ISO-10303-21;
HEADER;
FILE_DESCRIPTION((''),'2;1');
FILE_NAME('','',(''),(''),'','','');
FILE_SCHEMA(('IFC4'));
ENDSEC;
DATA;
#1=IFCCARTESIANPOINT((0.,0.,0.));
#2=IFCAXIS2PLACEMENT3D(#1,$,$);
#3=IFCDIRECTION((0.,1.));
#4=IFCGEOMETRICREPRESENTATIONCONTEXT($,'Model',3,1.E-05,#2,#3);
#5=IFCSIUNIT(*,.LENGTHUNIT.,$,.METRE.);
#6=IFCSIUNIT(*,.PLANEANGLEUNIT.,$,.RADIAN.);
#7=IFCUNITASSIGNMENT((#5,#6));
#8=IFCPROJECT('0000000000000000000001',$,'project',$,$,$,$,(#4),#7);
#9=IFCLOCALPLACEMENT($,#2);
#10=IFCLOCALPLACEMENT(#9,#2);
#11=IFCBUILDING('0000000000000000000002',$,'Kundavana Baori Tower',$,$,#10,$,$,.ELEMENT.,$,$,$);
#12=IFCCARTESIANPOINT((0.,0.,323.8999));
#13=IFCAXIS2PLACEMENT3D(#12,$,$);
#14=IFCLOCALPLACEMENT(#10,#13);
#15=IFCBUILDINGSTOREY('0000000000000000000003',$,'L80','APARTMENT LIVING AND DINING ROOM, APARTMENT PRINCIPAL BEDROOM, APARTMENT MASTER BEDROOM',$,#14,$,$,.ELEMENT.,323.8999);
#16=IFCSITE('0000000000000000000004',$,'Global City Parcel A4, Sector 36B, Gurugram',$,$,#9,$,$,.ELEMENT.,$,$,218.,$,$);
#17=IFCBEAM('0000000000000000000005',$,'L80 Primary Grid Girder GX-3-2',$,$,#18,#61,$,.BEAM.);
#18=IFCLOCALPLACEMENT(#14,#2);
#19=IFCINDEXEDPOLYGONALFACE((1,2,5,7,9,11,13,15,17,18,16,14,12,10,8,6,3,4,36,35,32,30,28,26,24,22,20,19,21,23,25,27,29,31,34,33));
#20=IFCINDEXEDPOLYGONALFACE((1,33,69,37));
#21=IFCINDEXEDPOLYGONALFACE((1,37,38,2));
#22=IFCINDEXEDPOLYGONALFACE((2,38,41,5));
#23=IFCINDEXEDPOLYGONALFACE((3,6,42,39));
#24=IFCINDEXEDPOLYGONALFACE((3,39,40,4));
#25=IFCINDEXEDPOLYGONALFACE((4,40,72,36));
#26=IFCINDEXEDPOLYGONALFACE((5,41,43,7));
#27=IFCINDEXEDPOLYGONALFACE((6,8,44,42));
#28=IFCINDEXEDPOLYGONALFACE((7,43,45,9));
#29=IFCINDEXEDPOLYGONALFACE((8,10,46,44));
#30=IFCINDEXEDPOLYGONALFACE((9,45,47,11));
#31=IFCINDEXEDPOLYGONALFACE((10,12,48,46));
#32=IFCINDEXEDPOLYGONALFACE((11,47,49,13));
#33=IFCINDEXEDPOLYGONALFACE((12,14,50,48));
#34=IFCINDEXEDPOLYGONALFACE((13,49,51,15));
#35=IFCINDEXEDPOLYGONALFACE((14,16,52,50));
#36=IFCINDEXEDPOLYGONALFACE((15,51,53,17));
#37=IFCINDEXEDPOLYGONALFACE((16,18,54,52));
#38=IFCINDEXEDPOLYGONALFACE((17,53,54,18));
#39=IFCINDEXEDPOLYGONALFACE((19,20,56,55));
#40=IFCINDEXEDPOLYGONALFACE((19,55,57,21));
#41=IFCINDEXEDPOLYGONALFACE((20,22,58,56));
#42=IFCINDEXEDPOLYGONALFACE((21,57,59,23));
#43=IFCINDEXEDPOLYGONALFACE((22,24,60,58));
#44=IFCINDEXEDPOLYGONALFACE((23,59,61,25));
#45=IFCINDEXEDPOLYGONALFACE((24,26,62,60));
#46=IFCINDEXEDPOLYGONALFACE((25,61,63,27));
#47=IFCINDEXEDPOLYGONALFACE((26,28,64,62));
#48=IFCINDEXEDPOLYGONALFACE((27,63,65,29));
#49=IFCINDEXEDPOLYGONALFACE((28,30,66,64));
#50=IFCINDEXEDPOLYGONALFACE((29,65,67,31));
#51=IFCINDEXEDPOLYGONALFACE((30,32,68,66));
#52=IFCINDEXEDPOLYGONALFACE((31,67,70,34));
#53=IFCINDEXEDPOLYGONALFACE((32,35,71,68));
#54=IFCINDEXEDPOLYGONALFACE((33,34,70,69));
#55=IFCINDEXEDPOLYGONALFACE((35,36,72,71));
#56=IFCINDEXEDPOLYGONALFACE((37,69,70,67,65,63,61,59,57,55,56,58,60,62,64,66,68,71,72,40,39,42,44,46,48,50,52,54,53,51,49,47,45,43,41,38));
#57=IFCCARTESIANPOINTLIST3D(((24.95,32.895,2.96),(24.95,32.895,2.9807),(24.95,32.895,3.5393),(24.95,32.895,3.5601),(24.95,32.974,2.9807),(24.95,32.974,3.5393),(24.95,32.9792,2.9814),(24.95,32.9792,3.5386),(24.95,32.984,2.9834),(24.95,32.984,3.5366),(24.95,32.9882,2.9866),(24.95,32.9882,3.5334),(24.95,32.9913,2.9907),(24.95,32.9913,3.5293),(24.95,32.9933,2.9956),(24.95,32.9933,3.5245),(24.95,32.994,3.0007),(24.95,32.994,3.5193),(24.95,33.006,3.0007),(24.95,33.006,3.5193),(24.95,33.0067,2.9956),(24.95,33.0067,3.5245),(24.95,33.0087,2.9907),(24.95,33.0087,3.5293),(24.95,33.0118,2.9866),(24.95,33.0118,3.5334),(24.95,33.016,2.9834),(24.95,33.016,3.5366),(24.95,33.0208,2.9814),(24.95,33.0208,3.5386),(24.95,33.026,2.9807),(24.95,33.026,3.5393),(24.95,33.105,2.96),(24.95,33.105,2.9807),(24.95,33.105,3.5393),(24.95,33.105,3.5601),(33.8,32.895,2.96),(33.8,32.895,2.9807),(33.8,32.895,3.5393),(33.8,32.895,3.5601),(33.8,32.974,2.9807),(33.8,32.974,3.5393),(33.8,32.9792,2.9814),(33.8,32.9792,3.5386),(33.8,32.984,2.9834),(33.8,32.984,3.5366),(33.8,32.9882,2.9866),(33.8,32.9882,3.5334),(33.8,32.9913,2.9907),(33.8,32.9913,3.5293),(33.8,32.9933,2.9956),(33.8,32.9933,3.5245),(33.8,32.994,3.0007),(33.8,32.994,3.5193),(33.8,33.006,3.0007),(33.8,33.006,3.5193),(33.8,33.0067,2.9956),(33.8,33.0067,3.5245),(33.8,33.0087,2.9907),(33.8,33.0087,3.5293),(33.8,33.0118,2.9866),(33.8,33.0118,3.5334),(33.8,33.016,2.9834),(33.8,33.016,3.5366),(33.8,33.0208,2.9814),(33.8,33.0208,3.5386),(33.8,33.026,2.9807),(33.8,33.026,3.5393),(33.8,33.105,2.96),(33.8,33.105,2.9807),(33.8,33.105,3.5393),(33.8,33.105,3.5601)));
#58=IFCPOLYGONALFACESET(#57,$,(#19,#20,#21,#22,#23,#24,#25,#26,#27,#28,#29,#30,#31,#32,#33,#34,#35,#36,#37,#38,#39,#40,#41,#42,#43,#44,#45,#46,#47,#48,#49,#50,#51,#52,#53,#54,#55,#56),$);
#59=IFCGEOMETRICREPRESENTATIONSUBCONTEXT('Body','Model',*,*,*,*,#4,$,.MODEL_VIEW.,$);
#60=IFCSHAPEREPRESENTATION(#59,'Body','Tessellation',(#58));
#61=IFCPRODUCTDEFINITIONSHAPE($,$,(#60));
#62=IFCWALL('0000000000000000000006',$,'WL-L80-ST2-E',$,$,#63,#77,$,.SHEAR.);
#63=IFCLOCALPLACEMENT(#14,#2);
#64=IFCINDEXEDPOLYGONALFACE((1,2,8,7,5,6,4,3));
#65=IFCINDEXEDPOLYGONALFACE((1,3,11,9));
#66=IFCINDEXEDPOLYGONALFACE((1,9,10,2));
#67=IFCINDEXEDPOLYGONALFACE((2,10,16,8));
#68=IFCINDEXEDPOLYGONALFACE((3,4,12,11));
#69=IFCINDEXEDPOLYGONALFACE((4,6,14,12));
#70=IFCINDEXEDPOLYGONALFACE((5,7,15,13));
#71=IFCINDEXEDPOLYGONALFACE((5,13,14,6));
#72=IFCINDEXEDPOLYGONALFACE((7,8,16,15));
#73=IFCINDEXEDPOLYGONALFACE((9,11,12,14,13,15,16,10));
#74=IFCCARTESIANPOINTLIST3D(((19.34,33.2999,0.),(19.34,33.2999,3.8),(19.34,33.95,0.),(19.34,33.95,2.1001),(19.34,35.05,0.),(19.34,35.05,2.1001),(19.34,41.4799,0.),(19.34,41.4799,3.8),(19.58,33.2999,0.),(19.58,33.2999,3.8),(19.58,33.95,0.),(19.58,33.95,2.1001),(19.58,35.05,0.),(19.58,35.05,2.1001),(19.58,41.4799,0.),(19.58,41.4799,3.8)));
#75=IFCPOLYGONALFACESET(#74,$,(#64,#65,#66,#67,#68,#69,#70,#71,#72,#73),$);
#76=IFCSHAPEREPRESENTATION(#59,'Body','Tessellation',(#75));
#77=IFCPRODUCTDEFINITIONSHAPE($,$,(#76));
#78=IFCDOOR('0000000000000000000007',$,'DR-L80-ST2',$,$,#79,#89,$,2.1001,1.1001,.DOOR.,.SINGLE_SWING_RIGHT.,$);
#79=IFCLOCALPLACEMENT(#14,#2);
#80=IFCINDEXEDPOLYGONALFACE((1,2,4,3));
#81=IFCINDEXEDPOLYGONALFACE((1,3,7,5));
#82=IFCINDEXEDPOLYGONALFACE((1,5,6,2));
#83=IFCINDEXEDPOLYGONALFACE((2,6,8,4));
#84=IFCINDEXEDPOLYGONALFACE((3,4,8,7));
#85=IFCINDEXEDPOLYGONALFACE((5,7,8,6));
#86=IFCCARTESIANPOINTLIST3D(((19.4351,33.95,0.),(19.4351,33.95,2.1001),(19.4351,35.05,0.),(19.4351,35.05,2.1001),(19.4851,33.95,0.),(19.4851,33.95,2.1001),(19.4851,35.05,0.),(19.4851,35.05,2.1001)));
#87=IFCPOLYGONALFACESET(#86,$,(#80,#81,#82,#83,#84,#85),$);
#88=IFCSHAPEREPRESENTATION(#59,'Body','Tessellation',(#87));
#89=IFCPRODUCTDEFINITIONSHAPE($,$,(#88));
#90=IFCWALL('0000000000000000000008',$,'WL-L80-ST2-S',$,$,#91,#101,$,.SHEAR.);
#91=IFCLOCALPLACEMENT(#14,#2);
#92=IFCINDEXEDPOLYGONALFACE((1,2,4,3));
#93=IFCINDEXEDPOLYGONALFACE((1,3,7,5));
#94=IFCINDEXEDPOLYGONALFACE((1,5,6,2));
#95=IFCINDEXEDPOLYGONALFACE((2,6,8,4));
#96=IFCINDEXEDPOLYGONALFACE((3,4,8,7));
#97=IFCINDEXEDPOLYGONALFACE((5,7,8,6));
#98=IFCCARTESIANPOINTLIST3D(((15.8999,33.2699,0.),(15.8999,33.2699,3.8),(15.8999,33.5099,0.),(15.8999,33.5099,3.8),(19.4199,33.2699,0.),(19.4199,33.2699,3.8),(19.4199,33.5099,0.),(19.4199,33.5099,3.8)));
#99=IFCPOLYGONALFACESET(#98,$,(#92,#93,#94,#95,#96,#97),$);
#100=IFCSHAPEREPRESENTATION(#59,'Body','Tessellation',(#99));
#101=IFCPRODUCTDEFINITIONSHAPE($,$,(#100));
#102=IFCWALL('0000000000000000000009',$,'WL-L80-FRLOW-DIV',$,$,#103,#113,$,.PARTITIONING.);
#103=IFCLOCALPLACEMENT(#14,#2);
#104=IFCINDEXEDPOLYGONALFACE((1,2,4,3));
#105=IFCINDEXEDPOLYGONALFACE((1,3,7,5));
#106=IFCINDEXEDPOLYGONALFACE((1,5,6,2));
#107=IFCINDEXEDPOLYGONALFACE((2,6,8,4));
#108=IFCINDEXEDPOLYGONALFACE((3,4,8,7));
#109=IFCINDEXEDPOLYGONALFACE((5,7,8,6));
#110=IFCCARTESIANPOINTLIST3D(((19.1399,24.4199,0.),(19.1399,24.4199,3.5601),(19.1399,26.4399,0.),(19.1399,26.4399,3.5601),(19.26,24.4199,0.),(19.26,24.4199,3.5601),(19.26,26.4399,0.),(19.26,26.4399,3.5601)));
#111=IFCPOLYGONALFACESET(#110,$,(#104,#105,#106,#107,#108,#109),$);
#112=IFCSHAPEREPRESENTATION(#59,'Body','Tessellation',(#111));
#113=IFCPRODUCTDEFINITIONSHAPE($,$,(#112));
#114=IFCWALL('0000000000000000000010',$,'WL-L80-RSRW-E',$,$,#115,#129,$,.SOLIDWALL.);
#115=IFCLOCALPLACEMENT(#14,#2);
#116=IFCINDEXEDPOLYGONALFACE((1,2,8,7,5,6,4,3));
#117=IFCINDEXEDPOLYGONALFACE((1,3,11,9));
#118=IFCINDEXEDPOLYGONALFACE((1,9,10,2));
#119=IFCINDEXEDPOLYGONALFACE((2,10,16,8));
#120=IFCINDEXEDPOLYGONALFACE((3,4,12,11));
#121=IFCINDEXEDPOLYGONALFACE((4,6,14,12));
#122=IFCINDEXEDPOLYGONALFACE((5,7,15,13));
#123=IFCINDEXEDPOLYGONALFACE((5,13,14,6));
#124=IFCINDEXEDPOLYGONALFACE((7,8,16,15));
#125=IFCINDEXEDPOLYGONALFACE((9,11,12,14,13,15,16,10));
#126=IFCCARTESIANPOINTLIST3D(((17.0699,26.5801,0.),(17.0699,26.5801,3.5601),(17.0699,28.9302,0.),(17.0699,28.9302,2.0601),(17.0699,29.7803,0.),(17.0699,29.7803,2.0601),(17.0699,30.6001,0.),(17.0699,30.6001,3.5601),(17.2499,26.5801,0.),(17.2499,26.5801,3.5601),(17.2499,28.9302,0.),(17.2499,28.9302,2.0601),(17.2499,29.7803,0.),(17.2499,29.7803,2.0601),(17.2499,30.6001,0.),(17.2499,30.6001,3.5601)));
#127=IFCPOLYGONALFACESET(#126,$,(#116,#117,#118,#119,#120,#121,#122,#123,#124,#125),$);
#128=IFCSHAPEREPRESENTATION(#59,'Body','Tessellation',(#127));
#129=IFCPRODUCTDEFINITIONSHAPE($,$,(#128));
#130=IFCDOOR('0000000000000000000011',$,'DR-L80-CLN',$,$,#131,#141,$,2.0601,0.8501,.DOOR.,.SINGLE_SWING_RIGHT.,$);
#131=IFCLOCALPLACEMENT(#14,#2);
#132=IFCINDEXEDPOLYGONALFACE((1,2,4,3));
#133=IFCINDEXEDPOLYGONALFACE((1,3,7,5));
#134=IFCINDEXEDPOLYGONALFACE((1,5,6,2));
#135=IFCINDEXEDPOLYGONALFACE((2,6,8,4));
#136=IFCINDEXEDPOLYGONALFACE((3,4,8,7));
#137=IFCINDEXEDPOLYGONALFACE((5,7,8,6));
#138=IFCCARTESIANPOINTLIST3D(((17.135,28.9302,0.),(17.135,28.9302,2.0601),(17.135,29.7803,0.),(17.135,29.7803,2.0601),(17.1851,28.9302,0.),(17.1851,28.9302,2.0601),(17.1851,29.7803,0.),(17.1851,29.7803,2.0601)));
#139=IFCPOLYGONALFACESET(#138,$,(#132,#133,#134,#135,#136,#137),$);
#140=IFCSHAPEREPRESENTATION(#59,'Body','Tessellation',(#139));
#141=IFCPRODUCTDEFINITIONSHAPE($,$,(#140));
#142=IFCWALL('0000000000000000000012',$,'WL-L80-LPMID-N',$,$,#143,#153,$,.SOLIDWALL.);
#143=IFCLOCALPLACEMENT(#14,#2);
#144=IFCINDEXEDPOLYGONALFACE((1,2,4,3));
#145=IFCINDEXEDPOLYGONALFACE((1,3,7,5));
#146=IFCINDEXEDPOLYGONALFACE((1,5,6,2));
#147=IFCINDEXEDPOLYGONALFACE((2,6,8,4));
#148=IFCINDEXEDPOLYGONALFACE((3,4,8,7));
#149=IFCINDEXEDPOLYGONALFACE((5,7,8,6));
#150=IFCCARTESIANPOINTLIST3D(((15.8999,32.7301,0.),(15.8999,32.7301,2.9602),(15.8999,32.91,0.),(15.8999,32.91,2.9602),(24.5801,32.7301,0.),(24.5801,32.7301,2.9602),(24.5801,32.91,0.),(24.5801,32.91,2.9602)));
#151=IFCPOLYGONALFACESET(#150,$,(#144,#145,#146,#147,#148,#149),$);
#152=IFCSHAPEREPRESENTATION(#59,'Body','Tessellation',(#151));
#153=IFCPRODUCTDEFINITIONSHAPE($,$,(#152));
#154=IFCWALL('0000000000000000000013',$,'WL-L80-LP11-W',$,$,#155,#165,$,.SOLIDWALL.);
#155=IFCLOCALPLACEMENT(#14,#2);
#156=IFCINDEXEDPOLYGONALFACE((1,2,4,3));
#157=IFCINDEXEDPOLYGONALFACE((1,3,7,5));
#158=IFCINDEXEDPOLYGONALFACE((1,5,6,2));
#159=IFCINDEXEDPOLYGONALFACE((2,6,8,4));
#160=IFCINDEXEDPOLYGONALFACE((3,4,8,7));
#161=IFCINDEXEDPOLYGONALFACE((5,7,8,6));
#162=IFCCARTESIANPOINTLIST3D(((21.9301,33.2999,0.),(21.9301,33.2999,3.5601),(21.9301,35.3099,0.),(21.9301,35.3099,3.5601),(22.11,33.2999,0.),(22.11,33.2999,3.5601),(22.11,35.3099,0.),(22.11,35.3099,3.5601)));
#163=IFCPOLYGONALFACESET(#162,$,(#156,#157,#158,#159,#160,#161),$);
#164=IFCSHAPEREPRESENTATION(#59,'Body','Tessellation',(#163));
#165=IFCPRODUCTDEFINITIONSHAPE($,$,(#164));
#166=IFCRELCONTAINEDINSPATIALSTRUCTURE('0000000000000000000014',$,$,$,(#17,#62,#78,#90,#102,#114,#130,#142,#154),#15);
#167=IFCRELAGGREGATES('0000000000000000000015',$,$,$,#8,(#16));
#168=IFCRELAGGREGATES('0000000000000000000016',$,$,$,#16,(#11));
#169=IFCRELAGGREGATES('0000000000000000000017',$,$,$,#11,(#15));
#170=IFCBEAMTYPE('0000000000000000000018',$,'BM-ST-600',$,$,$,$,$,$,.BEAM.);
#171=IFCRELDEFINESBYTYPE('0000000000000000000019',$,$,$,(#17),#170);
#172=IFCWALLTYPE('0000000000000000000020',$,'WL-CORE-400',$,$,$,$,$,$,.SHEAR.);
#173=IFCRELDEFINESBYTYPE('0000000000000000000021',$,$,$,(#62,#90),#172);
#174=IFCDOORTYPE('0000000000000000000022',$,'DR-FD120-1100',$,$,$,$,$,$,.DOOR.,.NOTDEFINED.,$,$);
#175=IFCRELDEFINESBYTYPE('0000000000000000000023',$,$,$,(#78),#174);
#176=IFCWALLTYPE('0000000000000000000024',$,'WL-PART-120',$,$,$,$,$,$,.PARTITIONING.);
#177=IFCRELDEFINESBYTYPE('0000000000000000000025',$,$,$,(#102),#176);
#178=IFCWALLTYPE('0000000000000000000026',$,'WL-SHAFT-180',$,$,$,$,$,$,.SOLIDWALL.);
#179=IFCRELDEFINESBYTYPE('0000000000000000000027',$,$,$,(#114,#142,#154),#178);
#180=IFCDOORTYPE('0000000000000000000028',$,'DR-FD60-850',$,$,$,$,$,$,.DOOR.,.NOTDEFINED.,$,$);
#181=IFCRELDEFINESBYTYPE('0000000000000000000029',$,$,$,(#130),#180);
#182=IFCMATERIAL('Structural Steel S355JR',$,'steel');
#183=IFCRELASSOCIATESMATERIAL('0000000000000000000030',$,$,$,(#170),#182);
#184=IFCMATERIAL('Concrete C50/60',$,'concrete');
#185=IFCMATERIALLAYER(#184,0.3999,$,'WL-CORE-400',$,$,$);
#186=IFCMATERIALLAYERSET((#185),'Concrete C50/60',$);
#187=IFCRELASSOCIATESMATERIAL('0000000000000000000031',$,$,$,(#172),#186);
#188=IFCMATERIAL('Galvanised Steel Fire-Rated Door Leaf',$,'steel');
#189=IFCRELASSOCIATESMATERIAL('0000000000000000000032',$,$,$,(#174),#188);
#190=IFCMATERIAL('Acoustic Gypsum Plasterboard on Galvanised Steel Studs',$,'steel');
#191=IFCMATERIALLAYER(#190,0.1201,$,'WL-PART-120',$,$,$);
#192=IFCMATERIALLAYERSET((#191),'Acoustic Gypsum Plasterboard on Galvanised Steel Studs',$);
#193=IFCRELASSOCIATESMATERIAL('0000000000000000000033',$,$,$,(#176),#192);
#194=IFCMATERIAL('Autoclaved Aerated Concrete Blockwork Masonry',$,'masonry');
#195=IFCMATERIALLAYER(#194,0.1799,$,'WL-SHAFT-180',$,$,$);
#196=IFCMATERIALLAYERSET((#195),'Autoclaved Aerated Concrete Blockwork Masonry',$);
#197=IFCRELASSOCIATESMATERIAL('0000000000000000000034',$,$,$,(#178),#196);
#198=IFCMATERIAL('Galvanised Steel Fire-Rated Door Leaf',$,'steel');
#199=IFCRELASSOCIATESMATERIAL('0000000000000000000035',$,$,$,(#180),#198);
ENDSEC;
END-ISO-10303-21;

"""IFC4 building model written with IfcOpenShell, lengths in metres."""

from ifc_helpers import new_model, si_unit, direction, frame, frame_2d, origin, origin_2d, place, context, subcontext, project, spatial, rectangle, i_section, extrude, material, layer, layer_set, material_profile, profile_set, type_object, element, fill, save


model = new_model("IFC4")

# Units and contexts
model_context = context("Model", 3, precision=1e-05, world=origin(), true_north=direction((0.0, 1.0)))
body_context = subcontext(model_context, "Body", "Model", "MODEL_VIEW")
ifc_project = project(units=[si_unit("LENGTHUNIT", "METRE"), si_unit("PLANEANGLEUNIT", "RADIAN")], contexts=[model_context])

# Site, building, storey
site_placement = place(None, origin())
site = spatial("IfcSite", under=ifc_project, at=site_placement, Name="Global City Parcel A4, Sector 36B, Gurugram", CompositionType="ELEMENT", RefElevation=218.0)
building_placement = place(site_placement, origin())
building = spatial("IfcBuilding", under=site, at=building_placement, Name="Kundavana Baori Tower", CompositionType="ELEMENT")
storey_placement = place(building_placement, frame((0.0, 0.0, 323.8999)))
storey = spatial("IfcBuildingStorey", under=building, at=storey_placement, Name="L80", Description="APARTMENT LIVING AND DINING ROOM, APARTMENT PRINCIPAL BEDROOM, APARTMENT MASTER BEDROOM", CompositionType="ELEMENT", Elevation=323.8999)

# Beam
ifc_material_1 = material(Name="Structural Steel S355JR", Category="steel")
ifc_material_profile_1 = material_profile(ifc_material_1, i_section(OverallWidth=0.21, OverallDepth=0.6001, WebThickness=0.012, FlangeThickness=0.0208, FilletRadius=0.02, at=origin_2d()), Name="ISMB 600")
ifc_profile_set_1 = profile_set([ifc_material_profile_1], Name="Structural Steel S355JR")
beam_type_1 = type_object("IfcBeamType", Name="BM-ST-600", PredefinedType="BEAM", material=ifc_profile_set_1)
for number, where, z_axis, x_axis, name in (
    (1, (24.95, 33.0, 3.26), (1.0, 0.0, 0.0), (0.0, 1.0, 0.0), "L80 Primary Grid Girder GX-3-2"),
):
    element("IfcBeam", number, at=place(storey_placement, frame(where, z_axis=z_axis, x_axis=x_axis)), inside=storey, type_object=beam_type_1, Name=name, PredefinedType="BEAM", context=body_context, shape_type="SweptSolid", body=[
        extrude(i_section(OverallWidth=0.21, OverallDepth=0.6001, WebThickness=0.012, FlangeThickness=0.0208, FilletRadius=0.02, at=origin_2d()), origin(), (0.0, 0.0, 1.0), 8.8501),
    ])

# Wall, opening, door
ifc_material_2 = material(Name="Concrete C50/60", Category="concrete")
ifc_layer_1 = layer(ifc_material_2, 0.3999, Name="WL-CORE-400")
ifc_layer_set_1 = layer_set([ifc_layer_1], Name="Concrete C50/60")
wall_type_1 = type_object("IfcWallType", Name="WL-CORE-400", PredefinedType="SHEAR", material=ifc_layer_set_1)
wall_1_placement = place(storey_placement, frame((19.46, 33.3, 0.0), z_axis=(0.0, 0.0, 1.0), x_axis=(0.0, 1.0, 0.0)))
wall_1 = element("IfcWall", 2, at=wall_1_placement, inside=storey, type_object=wall_type_1, Name="WL-L80-ST2-E", PredefinedType="SHEAR", context=body_context, shape_type="SweptSolid", body=[
    extrude(rectangle(XDim=8.1799, YDim=0.24, at=frame_2d((4.0898, 0.0))), origin(), (0.0, 0.0, 1.0), 3.8),
])
opening_1_placement = place(wall_1_placement, frame((0.6499, 0.0, 0.0)))
opening_1 = element("IfcOpeningElement", 3, at=opening_1_placement, cuts=wall_1, PredefinedType="OPENING", context=body_context, shape_type="SweptSolid", body=[
    extrude(rectangle(XDim=1.1001, YDim=2.1001, at=frame_2d((0.55, 1.05))), frame((0.0, 0.1299, 0.0), z_axis=(0.0, -1.0, 0.0), x_axis=(1.0, 0.0, 0.0)), (0.0, 0.0, 1.0), 0.26),
])
ifc_material_3 = material(Name="Galvanised Steel Fire-Rated Door Leaf", Category="steel")
door_type_1 = type_object("IfcDoorType", Name="DR-FD120-1100", OperationType="NOTDEFINED", PredefinedType="DOOR", material=ifc_material_3)
door_1_placement = place(opening_1_placement, origin())
door_1 = element("IfcDoor", 4, at=door_1_placement, inside=storey, type_object=door_type_1, Name="DR-L80-ST2", OperationType="SINGLE_SWING_RIGHT", OverallHeight=2.1001, OverallWidth=1.1001, PredefinedType="DOOR", context=body_context, shape_type="SweptSolid", body=[
    extrude(rectangle(XDim=1.1001, YDim=2.1001, at=frame_2d((0.55, 1.05))), frame((0.0, 0.0249, 0.0), z_axis=(0.0, -1.0, 0.0), x_axis=(1.0, 0.0, 0.0)), (0.0, 0.0, 1.0), 0.05),
])
fill(opening_1, door_1)

# Walls
wall_2_placement = place(storey_placement, frame((15.8999, 33.3899, 0.0), z_axis=(0.0, 0.0, 1.0), x_axis=(1.0, 0.0, 0.0)))
element("IfcWall", 5, at=wall_2_placement, inside=storey, type_object=wall_type_1, Name="WL-L80-ST2-S", PredefinedType="SHEAR", context=body_context, shape_type="SweptSolid", body=[
    extrude(rectangle(XDim=3.52, YDim=0.24, at=frame_2d((1.76, 0.0))), origin(), (0.0, 0.0, 1.0), 3.8),
])
ifc_material_4 = material(Name="Acoustic Gypsum Plasterboard on Galvanised Steel Studs", Category="steel")
ifc_layer_2 = layer(ifc_material_4, 0.1201, Name="WL-PART-120")
ifc_layer_set_2 = layer_set([ifc_layer_2], Name="Acoustic Gypsum Plasterboard on Galvanised Steel Studs")
wall_type_2 = type_object("IfcWallType", Name="WL-PART-120", PredefinedType="PARTITIONING", material=ifc_layer_set_2)
wall_3_placement = place(storey_placement, frame((19.2, 24.4199, 0.0), z_axis=(0.0, 0.0, 1.0), x_axis=(0.0, 1.0, 0.0)))
element("IfcWall", 6, at=wall_3_placement, inside=storey, type_object=wall_type_2, Name="WL-L80-FRLOW-DIV", PredefinedType="PARTITIONING", context=body_context, shape_type="SweptSolid", body=[
    extrude(rectangle(XDim=2.02, YDim=0.1201, at=frame_2d((1.01, 0.0))), origin(), (0.0, 0.0, 1.0), 3.5601),
])

# Wall, opening, door
ifc_material_5 = material(Name="Autoclaved Aerated Concrete Blockwork Masonry", Category="masonry")
ifc_layer_3 = layer(ifc_material_5, 0.1799, Name="WL-SHAFT-180")
ifc_layer_set_3 = layer_set([ifc_layer_3], Name="Autoclaved Aerated Concrete Blockwork Masonry")
wall_type_3 = type_object("IfcWallType", Name="WL-SHAFT-180", PredefinedType="SOLIDWALL", material=ifc_layer_set_3)
wall_4_placement = place(storey_placement, frame((17.1599, 26.5801, 0.0), z_axis=(0.0, 0.0, 1.0), x_axis=(0.0, 1.0, 0.0)))
wall_4 = element("IfcWall", 7, at=wall_4_placement, inside=storey, type_object=wall_type_3, Name="WL-L80-RSRW-E", PredefinedType="SOLIDWALL", context=body_context, shape_type="SweptSolid", body=[
    extrude(rectangle(XDim=4.02, YDim=0.1799, at=frame_2d((2.01, 0.0))), origin(), (0.0, 0.0, 1.0), 3.5601),
])
opening_2_placement = place(wall_4_placement, frame((2.3501, 0.0, 0.0)))
opening_2 = element("IfcOpeningElement", 8, at=opening_2_placement, cuts=wall_4, PredefinedType="OPENING", context=body_context, shape_type="SweptSolid", body=[
    extrude(rectangle(XDim=0.8501, YDim=2.0601, at=frame_2d((0.425, 1.03))), frame((0.0, 0.1001, 0.0), z_axis=(0.0, -1.0, 0.0), x_axis=(1.0, 0.0, 0.0)), (0.0, 0.0, 1.0), 0.2),
])
ifc_material_6 = material(Name="Galvanised Steel Fire-Rated Door Leaf", Category="steel")
door_type_2 = type_object("IfcDoorType", Name="DR-FD60-850", OperationType="NOTDEFINED", PredefinedType="DOOR", material=ifc_material_6)
door_2_placement = place(opening_2_placement, origin())
door_2 = element("IfcDoor", 9, at=door_2_placement, inside=storey, type_object=door_type_2, Name="DR-L80-CLN", OperationType="SINGLE_SWING_RIGHT", OverallHeight=2.0601, OverallWidth=0.8501, PredefinedType="DOOR", context=body_context, shape_type="SweptSolid", body=[
    extrude(rectangle(XDim=0.8501, YDim=2.0601, at=frame_2d((0.425, 1.03))), frame((0.0, 0.0249, 0.0), z_axis=(0.0, -1.0, 0.0), x_axis=(1.0, 0.0, 0.0)), (0.0, 0.0, 1.0), 0.05),
])
fill(opening_2, door_2)

# Walls
wall_5_placement = place(storey_placement, frame((15.8999, 32.8201, 0.0), z_axis=(0.0, 0.0, 1.0), x_axis=(1.0, 0.0, 0.0)))
element("IfcWall", 10, at=wall_5_placement, inside=storey, type_object=wall_type_3, Name="WL-L80-LPMID-N", PredefinedType="SOLIDWALL", context=body_context, shape_type="SweptSolid", body=[
    extrude(rectangle(XDim=8.6802, YDim=0.1799, at=frame_2d((4.3401, 0.0))), origin(), (0.0, 0.0, 1.0), 2.9602),
])
wall_6_placement = place(storey_placement, frame((22.02, 33.3, 0.0), z_axis=(0.0, 0.0, 1.0), x_axis=(0.0, 1.0, 0.0)))
element("IfcWall", 11, at=wall_6_placement, inside=storey, type_object=wall_type_3, Name="WL-L80-LP11-W", PredefinedType="SOLIDWALL", context=body_context, shape_type="SweptSolid", body=[
    extrude(rectangle(XDim=2.01, YDim=0.1799, at=frame_2d((1.0049, 0.0))), origin(), (0.0, 0.0, 1.0), 3.5601),
])

save(model, "model.ifc")
